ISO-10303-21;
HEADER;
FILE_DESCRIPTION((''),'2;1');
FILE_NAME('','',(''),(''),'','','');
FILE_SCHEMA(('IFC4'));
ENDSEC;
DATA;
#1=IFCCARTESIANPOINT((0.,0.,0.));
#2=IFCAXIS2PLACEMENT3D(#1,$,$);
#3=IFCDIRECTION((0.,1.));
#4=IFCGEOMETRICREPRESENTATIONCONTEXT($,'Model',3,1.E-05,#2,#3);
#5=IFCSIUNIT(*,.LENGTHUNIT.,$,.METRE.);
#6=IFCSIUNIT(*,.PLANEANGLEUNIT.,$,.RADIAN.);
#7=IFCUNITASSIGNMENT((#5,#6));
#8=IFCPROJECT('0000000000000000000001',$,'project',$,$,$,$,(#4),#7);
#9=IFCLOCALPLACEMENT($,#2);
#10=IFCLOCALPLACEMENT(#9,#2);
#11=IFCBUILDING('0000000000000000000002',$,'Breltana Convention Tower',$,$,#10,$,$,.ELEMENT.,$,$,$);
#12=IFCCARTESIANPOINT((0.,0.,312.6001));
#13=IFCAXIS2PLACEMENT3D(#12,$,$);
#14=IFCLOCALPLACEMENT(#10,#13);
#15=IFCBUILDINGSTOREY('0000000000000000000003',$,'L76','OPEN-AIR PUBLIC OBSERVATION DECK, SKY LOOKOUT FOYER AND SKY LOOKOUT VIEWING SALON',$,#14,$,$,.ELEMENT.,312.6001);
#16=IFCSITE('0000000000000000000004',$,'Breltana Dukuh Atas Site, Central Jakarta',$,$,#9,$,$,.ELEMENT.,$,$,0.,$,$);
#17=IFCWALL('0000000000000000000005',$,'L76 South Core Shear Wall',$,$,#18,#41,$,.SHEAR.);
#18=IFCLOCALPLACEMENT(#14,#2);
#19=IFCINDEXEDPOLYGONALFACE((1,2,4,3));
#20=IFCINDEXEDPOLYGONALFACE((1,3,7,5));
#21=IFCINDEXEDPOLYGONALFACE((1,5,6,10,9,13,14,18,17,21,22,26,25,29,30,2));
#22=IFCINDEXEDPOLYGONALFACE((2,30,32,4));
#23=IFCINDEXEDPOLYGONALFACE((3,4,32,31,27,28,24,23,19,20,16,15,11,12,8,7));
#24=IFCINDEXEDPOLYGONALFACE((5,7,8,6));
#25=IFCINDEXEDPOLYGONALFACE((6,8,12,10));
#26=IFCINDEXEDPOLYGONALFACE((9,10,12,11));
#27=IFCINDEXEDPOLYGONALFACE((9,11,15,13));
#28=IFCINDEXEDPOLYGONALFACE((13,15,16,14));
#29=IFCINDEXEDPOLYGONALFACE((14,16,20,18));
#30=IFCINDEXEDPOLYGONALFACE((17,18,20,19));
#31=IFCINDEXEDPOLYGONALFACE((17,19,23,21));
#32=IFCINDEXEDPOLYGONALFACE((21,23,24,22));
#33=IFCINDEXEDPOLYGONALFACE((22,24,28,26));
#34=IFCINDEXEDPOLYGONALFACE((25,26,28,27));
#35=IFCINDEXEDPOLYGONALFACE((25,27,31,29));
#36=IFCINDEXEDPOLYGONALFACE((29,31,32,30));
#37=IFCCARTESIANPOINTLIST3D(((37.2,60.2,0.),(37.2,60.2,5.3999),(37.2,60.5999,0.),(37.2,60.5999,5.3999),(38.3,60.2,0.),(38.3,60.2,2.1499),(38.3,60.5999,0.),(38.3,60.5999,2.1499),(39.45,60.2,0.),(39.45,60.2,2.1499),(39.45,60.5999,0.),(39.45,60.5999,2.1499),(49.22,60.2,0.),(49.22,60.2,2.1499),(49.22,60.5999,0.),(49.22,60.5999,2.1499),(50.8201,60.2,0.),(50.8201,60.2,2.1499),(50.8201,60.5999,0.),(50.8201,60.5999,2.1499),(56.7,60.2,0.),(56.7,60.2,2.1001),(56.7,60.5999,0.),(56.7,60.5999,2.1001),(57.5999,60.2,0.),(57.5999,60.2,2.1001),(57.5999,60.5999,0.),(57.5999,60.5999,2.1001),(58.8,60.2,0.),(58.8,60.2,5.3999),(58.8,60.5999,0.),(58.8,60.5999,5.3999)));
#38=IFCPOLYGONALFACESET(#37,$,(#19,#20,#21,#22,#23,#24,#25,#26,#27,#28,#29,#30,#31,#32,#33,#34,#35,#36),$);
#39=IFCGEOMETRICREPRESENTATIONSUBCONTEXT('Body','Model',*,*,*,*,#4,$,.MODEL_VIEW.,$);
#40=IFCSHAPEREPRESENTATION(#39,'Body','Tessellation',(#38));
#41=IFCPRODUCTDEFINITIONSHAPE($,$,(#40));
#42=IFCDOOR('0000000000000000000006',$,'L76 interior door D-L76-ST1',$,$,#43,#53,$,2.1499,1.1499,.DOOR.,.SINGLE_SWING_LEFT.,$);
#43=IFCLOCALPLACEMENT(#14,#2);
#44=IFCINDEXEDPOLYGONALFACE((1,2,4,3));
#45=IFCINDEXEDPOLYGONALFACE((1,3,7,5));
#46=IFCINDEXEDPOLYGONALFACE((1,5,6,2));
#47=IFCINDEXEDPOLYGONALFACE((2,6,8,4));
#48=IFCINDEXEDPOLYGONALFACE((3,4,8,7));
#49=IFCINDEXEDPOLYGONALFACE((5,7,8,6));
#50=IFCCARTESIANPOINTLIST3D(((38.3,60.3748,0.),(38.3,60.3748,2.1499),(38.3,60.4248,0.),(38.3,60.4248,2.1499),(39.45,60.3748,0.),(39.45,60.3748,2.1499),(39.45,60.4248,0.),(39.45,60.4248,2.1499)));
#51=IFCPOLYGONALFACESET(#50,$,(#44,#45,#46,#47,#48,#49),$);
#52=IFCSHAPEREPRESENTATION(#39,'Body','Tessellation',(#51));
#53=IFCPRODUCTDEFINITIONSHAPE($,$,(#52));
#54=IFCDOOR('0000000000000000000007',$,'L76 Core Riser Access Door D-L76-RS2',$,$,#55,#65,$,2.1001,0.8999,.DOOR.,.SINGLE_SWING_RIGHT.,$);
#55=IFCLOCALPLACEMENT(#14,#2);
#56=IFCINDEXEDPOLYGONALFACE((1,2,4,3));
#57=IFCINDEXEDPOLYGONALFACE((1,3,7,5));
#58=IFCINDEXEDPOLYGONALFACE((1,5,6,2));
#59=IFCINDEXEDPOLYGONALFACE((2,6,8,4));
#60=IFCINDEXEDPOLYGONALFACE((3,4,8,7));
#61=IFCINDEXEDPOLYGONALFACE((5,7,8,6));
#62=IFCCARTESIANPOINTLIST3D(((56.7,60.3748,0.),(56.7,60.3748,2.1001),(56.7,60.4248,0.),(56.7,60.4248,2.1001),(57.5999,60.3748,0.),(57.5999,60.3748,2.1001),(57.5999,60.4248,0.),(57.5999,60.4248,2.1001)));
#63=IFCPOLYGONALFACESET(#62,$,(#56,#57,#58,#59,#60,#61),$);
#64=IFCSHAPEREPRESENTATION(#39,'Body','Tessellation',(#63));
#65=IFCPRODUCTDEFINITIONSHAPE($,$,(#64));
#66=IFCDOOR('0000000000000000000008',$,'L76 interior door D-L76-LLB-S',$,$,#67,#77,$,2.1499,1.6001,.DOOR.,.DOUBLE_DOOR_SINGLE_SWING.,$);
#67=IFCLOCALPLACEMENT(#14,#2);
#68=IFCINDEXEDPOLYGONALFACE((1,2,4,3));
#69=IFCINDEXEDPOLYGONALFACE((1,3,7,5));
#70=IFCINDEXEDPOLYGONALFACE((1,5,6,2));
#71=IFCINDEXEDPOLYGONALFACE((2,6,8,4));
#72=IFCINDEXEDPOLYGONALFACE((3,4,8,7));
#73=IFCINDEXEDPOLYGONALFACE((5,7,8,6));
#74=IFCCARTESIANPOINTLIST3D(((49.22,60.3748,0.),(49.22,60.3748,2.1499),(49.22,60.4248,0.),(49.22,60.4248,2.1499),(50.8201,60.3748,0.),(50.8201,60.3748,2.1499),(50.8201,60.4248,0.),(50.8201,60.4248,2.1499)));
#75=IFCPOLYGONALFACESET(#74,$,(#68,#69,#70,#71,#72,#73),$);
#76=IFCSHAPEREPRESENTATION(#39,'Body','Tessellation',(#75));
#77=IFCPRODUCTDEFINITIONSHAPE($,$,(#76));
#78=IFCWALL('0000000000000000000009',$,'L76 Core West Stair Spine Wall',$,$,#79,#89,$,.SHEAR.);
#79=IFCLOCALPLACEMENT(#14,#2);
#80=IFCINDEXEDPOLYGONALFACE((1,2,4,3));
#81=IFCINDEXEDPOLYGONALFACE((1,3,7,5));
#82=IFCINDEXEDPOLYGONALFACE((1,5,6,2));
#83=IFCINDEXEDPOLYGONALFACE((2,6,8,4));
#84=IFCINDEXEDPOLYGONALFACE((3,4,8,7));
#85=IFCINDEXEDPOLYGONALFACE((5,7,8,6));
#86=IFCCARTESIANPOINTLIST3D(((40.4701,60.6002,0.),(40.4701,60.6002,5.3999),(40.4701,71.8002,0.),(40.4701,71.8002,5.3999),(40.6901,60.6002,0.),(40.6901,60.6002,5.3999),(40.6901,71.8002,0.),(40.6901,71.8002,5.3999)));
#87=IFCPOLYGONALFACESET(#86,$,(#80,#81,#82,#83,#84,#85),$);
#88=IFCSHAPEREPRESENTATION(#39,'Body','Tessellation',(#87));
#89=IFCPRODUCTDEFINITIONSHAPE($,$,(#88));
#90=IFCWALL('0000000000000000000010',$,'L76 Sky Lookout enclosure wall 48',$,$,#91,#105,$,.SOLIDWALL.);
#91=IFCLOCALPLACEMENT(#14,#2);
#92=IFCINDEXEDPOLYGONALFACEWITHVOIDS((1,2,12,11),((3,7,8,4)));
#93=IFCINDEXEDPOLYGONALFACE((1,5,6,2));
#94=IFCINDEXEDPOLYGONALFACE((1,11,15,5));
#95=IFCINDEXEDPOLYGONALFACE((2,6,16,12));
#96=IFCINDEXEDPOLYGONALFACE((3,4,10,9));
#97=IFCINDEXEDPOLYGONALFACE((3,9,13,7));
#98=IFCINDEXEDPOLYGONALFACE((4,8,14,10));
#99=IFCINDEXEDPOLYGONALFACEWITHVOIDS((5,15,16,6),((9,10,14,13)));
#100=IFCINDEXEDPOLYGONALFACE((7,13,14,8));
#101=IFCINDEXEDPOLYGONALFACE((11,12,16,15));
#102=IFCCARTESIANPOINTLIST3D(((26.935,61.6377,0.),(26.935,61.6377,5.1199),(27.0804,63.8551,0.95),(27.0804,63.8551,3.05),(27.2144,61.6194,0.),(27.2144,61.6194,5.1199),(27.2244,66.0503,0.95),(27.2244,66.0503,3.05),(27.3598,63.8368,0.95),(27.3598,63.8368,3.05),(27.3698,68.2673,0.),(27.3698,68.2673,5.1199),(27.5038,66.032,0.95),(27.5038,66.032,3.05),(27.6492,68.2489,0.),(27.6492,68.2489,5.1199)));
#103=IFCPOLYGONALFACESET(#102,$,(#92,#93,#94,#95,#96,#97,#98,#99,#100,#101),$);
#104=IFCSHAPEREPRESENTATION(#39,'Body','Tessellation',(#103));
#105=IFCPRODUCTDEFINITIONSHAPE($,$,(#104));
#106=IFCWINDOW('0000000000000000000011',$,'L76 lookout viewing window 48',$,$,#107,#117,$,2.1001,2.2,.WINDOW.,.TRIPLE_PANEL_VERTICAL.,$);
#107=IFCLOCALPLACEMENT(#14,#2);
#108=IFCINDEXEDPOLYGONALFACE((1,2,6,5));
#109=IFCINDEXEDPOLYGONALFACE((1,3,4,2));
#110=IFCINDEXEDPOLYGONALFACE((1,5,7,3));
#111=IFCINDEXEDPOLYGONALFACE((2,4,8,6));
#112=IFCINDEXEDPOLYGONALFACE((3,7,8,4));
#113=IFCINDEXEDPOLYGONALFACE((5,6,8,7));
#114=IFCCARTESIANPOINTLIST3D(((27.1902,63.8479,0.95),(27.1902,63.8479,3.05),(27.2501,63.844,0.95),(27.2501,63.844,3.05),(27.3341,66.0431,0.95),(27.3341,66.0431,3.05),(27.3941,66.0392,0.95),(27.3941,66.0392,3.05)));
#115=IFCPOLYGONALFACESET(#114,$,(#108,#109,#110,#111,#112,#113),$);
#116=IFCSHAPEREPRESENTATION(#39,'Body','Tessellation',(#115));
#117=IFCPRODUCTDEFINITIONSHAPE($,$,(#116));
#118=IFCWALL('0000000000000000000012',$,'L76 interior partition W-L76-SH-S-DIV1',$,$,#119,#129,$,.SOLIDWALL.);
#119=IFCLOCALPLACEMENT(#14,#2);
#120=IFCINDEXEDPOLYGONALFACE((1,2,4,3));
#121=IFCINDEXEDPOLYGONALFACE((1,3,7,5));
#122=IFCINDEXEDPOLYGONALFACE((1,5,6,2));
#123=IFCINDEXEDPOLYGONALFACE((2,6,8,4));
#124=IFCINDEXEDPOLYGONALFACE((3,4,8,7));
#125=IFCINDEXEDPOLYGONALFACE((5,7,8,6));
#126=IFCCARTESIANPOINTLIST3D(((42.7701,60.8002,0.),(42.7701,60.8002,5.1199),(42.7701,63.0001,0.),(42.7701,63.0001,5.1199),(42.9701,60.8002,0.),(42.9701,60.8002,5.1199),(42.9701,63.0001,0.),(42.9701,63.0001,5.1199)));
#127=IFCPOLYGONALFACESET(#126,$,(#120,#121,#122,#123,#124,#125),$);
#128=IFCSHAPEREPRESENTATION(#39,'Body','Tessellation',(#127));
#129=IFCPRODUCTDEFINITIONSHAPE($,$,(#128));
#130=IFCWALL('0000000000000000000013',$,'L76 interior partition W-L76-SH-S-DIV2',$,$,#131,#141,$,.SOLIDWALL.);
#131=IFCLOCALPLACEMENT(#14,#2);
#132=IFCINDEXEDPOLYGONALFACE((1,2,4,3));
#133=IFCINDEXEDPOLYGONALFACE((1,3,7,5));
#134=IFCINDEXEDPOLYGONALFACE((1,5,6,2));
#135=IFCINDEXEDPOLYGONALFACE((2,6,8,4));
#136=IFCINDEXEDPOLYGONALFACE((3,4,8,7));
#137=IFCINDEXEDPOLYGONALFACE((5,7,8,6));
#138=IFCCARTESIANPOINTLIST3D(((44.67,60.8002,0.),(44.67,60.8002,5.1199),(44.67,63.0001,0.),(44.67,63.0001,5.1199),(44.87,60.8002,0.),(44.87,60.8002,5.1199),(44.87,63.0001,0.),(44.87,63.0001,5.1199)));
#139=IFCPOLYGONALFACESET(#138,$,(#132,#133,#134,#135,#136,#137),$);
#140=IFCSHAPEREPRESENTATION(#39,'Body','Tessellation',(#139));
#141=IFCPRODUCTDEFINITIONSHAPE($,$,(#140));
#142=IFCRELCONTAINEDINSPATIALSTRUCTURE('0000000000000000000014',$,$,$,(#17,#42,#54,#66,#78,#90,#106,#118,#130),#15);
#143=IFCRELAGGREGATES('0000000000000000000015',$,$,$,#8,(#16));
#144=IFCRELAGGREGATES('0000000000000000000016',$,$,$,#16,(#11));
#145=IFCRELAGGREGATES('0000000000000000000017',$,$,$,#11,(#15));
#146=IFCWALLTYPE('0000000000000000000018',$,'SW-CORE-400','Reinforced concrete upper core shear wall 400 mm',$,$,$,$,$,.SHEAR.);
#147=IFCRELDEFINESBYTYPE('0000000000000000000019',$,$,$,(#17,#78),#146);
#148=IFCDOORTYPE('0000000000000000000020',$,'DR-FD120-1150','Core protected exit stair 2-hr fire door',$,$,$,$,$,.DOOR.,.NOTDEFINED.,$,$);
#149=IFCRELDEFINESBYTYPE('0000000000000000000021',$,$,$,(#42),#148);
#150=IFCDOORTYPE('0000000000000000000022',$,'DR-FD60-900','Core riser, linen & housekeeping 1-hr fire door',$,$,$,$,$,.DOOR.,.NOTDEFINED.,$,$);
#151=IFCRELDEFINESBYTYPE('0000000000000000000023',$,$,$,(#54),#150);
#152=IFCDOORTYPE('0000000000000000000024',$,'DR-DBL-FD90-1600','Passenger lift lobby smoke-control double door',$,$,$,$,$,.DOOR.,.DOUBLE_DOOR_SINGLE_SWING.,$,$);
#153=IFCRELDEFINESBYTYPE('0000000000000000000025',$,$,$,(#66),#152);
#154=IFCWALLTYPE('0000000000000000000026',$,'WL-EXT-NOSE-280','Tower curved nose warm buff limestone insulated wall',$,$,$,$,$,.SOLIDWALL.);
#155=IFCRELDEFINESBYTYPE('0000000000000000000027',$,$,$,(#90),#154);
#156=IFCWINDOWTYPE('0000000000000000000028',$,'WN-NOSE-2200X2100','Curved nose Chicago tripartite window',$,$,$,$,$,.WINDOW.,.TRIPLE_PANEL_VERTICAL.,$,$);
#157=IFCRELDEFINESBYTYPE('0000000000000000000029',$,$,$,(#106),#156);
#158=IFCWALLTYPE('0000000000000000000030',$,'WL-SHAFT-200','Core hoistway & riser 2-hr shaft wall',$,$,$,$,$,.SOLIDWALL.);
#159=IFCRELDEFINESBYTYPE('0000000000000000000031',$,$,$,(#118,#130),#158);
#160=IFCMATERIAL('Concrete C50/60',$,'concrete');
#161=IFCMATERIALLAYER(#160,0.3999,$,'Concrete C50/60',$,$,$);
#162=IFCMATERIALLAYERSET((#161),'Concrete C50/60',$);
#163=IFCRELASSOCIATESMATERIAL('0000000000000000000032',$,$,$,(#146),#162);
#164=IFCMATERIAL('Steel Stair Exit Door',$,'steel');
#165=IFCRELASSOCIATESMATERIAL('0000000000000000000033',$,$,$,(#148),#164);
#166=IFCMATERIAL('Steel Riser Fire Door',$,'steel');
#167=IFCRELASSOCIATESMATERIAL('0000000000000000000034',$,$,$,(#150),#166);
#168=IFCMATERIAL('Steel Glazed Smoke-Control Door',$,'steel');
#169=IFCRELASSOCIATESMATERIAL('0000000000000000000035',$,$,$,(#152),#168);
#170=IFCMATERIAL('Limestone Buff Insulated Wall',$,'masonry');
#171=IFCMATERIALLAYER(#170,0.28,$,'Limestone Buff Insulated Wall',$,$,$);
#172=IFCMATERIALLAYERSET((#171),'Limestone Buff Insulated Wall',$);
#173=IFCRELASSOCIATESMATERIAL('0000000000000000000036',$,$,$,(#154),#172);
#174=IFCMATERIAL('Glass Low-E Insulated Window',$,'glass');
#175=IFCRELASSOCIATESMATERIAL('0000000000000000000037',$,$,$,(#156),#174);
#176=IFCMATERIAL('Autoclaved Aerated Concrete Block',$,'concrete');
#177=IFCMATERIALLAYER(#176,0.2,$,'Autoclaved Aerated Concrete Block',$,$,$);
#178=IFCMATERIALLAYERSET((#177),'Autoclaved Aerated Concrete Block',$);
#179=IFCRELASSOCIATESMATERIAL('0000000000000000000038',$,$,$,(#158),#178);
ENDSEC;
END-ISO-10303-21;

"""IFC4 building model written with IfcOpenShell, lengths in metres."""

from ifc_helpers import new_model, si_unit, direction, frame, frame_2d, origin, place, context, subcontext, project, spatial, rectangle, extrude, source, transform, mapped, material, layer, layer_set, type_object, type_shapes, element, fill, save


model = new_model("IFC4")

# Units and contexts
model_context = context("Model", 3, precision=1e-05, world=origin(), true_north=direction((0.0, 1.0)))
body_context = subcontext(model_context, "Body", "Model", "MODEL_VIEW")
ifc_project = project(units=[si_unit("LENGTHUNIT", "METRE"), si_unit("PLANEANGLEUNIT", "RADIAN")], contexts=[model_context])

# Site, building, storey
site_placement = place(None, origin())
site = spatial("IfcSite", under=ifc_project, at=site_placement, Name="Breltana Dukuh Atas Site, Central Jakarta", CompositionType="ELEMENT", RefElevation=0.0)
building_placement = place(site_placement, origin())
building = spatial("IfcBuilding", under=site, at=building_placement, Name="Breltana Convention Tower", CompositionType="ELEMENT")
storey_placement = place(building_placement, frame((0.0, 0.0, 312.6001)))
storey = spatial("IfcBuildingStorey", under=building, at=storey_placement, Name="L76", Description="OPEN-AIR PUBLIC OBSERVATION DECK, SKY LOOKOUT FOYER AND SKY LOOKOUT VIEWING SALON", CompositionType="ELEMENT", Elevation=312.6001)

# Shared definitions
ifc_material_1 = material(Name="Concrete C50/60", Category="concrete")
ifc_layer_1 = layer(ifc_material_1, 0.3999, Name="Concrete C50/60")
ifc_layer_set_1 = layer_set([ifc_layer_1], Name="Concrete C50/60")
wall_type_1 = type_object("IfcWallType", Name="SW-CORE-400", Description="Reinforced concrete upper core shear wall 400 mm", PredefinedType="SHEAR", material=ifc_layer_set_1)

# Wall, openings, doors
shared_shape_1 = source(origin(), body_context, "Body", "SweptSolid", [
    extrude(rectangle(XDim=21.6001, YDim=0.3999, at=frame_2d((10.8, 0.0))), origin(), (0.0, 0.0, 1.0), 5.3999),
])
wall_1_placement = place(storey_placement, frame((37.2, 60.3999, 0.0), z_axis=(0.0, 0.0, 1.0), x_axis=(1.0, 0.0, 0.0)))
wall_1 = element("IfcWall", 1, at=wall_1_placement, inside=storey, type_object=wall_type_1, Name="L76 South Core Shear Wall", PredefinedType="SHEAR", context=body_context, shape_type="MappedRepresentation", body=[
    mapped(shared_shape_1, transform((0.0, 0.0, 0.0), scale=1.0)),
])
opening_1_placement = place(wall_1_placement, frame((1.1001, 0.0, 0.0)))
opening_1 = element("IfcOpeningElement", 2, at=opening_1_placement, cuts=wall_1, PredefinedType="OPENING", context=body_context, shape_type="SweptSolid", body=[
    extrude(rectangle(XDim=1.1499, YDim=2.1499, at=frame_2d((0.575, 1.075))), frame((0.0, 0.21, 0.0), z_axis=(0.0, -1.0, 0.0), x_axis=(1.0, 0.0, 0.0)), (0.0, 0.0, 1.0), 0.4199),
])
opening_2_placement = place(wall_1_placement, frame((19.5, 0.0, 0.0)))
opening_2 = element("IfcOpeningElement", 3, at=opening_2_placement, cuts=wall_1, PredefinedType="OPENING", context=body_context, shape_type="SweptSolid", body=[
    extrude(rectangle(XDim=0.8999, YDim=2.1001, at=frame_2d((0.45, 1.05))), frame((0.0, 0.21, 0.0), z_axis=(0.0, -1.0, 0.0), x_axis=(1.0, 0.0, 0.0)), (0.0, 0.0, 1.0), 0.4199),
])
opening_3_placement = place(wall_1_placement, frame((12.02, 0.0, 0.0)))
opening_3 = element("IfcOpeningElement", 4, at=opening_3_placement, cuts=wall_1, PredefinedType="OPENING", context=body_context, shape_type="SweptSolid", body=[
    extrude(rectangle(XDim=1.6001, YDim=2.1499, at=frame_2d((0.8, 1.075))), frame((0.0, 0.21, 0.0), z_axis=(0.0, -1.0, 0.0), x_axis=(1.0, 0.0, 0.0)), (0.0, 0.0, 1.0), 0.4199),
])
ifc_material_2 = material(Name="Steel Stair Exit Door", Category="steel")
door_type_1 = type_object("IfcDoorType", Name="DR-FD120-1150", Description="Core protected exit stair 2-hr fire door", OperationType="NOTDEFINED", PredefinedType="DOOR", material=ifc_material_2)
shared_shape_2 = source(origin(), body_context, "Body", "SweptSolid", [
    extrude(rectangle(XDim=1.1499, YDim=2.1499, at=frame_2d((0.575, 1.075))), frame((0.0, 0.0249, 0.0), z_axis=(0.0, -1.0, 0.0), x_axis=(1.0, 0.0, 0.0)), (0.0, 0.0, 1.0), 0.05),
])
type_shapes(door_type_1, [shared_shape_2])
door_1_placement = place(opening_1_placement, origin())
door_1 = element("IfcDoor", 5, at=door_1_placement, inside=storey, type_object=door_type_1, Name="L76 interior door D-L76-ST1", OperationType="SINGLE_SWING_LEFT", OverallHeight=2.1499, OverallWidth=1.1499, PredefinedType="DOOR", context=body_context, shape_type="MappedRepresentation", body=[
    mapped(shared_shape_2, transform((0.0, 0.0, 0.0), scale=1.0)),
])
fill(opening_1, door_1)
ifc_material_3 = material(Name="Steel Riser Fire Door", Category="steel")
door_type_2 = type_object("IfcDoorType", Name="DR-FD60-900", Description="Core riser, linen & housekeeping 1-hr fire door", OperationType="NOTDEFINED", PredefinedType="DOOR", material=ifc_material_3)
shared_shape_3 = source(origin(), body_context, "Body", "SweptSolid", [
    extrude(rectangle(XDim=0.8999, YDim=2.1001, at=frame_2d((0.45, 1.05))), frame((0.0, 0.0249, 0.0), z_axis=(0.0, -1.0, 0.0), x_axis=(1.0, 0.0, 0.0)), (0.0, 0.0, 1.0), 0.05),
])
type_shapes(door_type_2, [shared_shape_3])
door_2_placement = place(opening_2_placement, origin())
door_2 = element("IfcDoor", 6, at=door_2_placement, inside=storey, type_object=door_type_2, Name="L76 Core Riser Access Door D-L76-RS2", OperationType="SINGLE_SWING_RIGHT", OverallHeight=2.1001, OverallWidth=0.8999, PredefinedType="DOOR", context=body_context, shape_type="MappedRepresentation", body=[
    mapped(shared_shape_3, transform((0.0, 0.0, 0.0), scale=1.0)),
])
fill(opening_2, door_2)
ifc_material_4 = material(Name="Steel Glazed Smoke-Control Door", Category="steel")
door_type_3 = type_object("IfcDoorType", Name="DR-DBL-FD90-1600", Description="Passenger lift lobby smoke-control double door", OperationType="DOUBLE_DOOR_SINGLE_SWING", PredefinedType="DOOR", material=ifc_material_4)
shared_shape_4 = source(origin(), body_context, "Body", "SweptSolid", [
    extrude(rectangle(XDim=1.6001, YDim=2.1499, at=frame_2d((0.8, 1.075))), frame((0.0, 0.0249, 0.0), z_axis=(0.0, -1.0, 0.0), x_axis=(1.0, 0.0, 0.0)), (0.0, 0.0, 1.0), 0.05),
])
type_shapes(door_type_3, [shared_shape_4])
door_3_placement = place(opening_3_placement, origin())
door_3 = element("IfcDoor", 7, at=door_3_placement, inside=storey, type_object=door_type_3, Name="L76 interior door D-L76-LLB-S", OperationType="DOUBLE_DOOR_SINGLE_SWING", OverallHeight=2.1499, OverallWidth=1.6001, PredefinedType="DOOR", context=body_context, shape_type="MappedRepresentation", body=[
    mapped(shared_shape_4, transform((0.0, 0.0, 0.0), scale=1.0)),
])
fill(opening_3, door_3)

# Wall
shared_shape_5 = source(origin(), body_context, "Body", "SweptSolid", [
    extrude(rectangle(XDim=11.2, YDim=0.22, at=frame_2d((5.6001, 0.0))), origin(), (0.0, 0.0, 1.0), 5.3999),
])
wall_2_placement = place(storey_placement, frame((40.5801, 60.6001, 0.0), z_axis=(0.0, 0.0, 1.0), x_axis=(0.0, 1.0, 0.0)))
element("IfcWall", 8, at=wall_2_placement, inside=storey, type_object=wall_type_1, Name="L76 Core West Stair Spine Wall", PredefinedType="SHEAR", context=body_context, shape_type="MappedRepresentation", body=[
    mapped(shared_shape_5, transform((0.0, 0.0, 0.0), scale=1.0)),
])

# Wall, opening, window
ifc_material_5 = material(Name="Limestone Buff Insulated Wall", Category="masonry")
ifc_layer_2 = layer(ifc_material_5, 0.28, Name="Limestone Buff Insulated Wall")
ifc_layer_set_2 = layer_set([ifc_layer_2], Name="Limestone Buff Insulated Wall")
wall_type_2 = type_object("IfcWallType", Name="WL-EXT-NOSE-280", Description="Tower curved nose warm buff limestone insulated wall", PredefinedType="SOLIDWALL", material=ifc_layer_set_2)
shared_shape_6 = source(origin(), body_context, "Body", "SweptSolid", [
    extrude(rectangle(XDim=6.6438, YDim=0.28, at=frame_2d((3.3218, 0.0))), origin(), (0.0, 0.0, 1.0), 5.1199),
])
wall_3_placement = place(storey_placement, frame((27.0747, 61.6287, 0.0), z_axis=(0.0, 0.0, 1.0), x_axis=(0.065446, 0.997856, 0.0)))
wall_3 = element("IfcWall", 9, at=wall_3_placement, inside=storey, type_object=wall_type_2, Name="L76 Sky Lookout enclosure wall 48", PredefinedType="SOLIDWALL", context=body_context, shape_type="MappedRepresentation", body=[
    mapped(shared_shape_6, transform((0.0, 0.0, 0.0), scale=1.0)),
])
opening_4_placement = place(wall_3_placement, frame((2.2219, 0.0, 0.95)))
opening_4 = element("IfcOpeningElement", 10, at=opening_4_placement, cuts=wall_3, PredefinedType="OPENING", context=body_context, shape_type="SweptSolid", body=[
    extrude(rectangle(XDim=2.2, YDim=2.1001, at=frame_2d((1.1001, 1.05))), frame((0.0, 0.1499, 0.0), z_axis=(0.0, -1.0, 0.0), x_axis=(1.0, 0.0, 0.0)), (0.0, 0.0, 1.0), 0.3),
])
ifc_material_6 = material(Name="Glass Low-E Insulated Window", Category="glass")
window_type = type_object("IfcWindowType", Name="WN-NOSE-2200X2100", Description="Curved nose Chicago tripartite window", PartitioningType="TRIPLE_PANEL_VERTICAL", PredefinedType="WINDOW", material=ifc_material_6)
shared_shape_7 = source(origin(), body_context, "Body", "SweptSolid", [
    extrude(rectangle(XDim=2.2, YDim=2.1001, at=frame_2d((1.1001, 1.05))), frame((0.0, 0.03, 0.0), z_axis=(0.0, -1.0, 0.0), x_axis=(1.0, 0.0, 0.0)), (0.0, 0.0, 1.0), 0.0601),
])
type_shapes(window_type, [shared_shape_7])
window_placement = place(opening_4_placement, origin())
window = element("IfcWindow", 11, at=window_placement, inside=storey, type_object=window_type, Name="L76 lookout viewing window 48", OverallHeight=2.1001, OverallWidth=2.2, PartitioningType="TRIPLE_PANEL_VERTICAL", PredefinedType="WINDOW", context=body_context, shape_type="MappedRepresentation", body=[
    mapped(shared_shape_7, transform((0.0, 0.0, 0.0), scale=1.0)),
])
fill(opening_4, window)

# Walls
ifc_material_7 = material(Name="Autoclaved Aerated Concrete Block", Category="concrete")
ifc_layer_3 = layer(ifc_material_7, 0.2, Name="Autoclaved Aerated Concrete Block")
ifc_layer_set_3 = layer_set([ifc_layer_3], Name="Autoclaved Aerated Concrete Block")
wall_type_3 = type_object("IfcWallType", Name="WL-SHAFT-200", Description="Core hoistway & riser 2-hr shaft wall", PredefinedType="SOLIDWALL", material=ifc_layer_set_3)
shared_shape_8 = source(origin(), body_context, "Body", "SweptSolid", [
    extrude(rectangle(XDim=2.2, YDim=0.2, at=frame_2d((1.1001, 0.0))), origin(), (0.0, 0.0, 1.0), 5.1199),
])
for number, where, z_axis, x_axis, name in (
    (12, (42.8701, 60.8, 0.0), (0.0, 0.0, 1.0), (0.0, 1.0, 0.0), "L76 interior partition W-L76-SH-S-DIV1"),
    (13, (44.77, 60.8, 0.0), (0.0, 0.0, 1.0), (0.0, 1.0, 0.0), "L76 interior partition W-L76-SH-S-DIV2"),
):
    element("IfcWall", number, at=place(storey_placement, frame(where, z_axis=z_axis, x_axis=x_axis)), inside=storey, type_object=wall_type_3, Name=name, PredefinedType="SOLIDWALL", context=body_context, shape_type="MappedRepresentation", body=[
        mapped(shared_shape_8, transform((0.0, 0.0, 0.0), scale=1.0)),
    ])

save(model, "model.ifc")
